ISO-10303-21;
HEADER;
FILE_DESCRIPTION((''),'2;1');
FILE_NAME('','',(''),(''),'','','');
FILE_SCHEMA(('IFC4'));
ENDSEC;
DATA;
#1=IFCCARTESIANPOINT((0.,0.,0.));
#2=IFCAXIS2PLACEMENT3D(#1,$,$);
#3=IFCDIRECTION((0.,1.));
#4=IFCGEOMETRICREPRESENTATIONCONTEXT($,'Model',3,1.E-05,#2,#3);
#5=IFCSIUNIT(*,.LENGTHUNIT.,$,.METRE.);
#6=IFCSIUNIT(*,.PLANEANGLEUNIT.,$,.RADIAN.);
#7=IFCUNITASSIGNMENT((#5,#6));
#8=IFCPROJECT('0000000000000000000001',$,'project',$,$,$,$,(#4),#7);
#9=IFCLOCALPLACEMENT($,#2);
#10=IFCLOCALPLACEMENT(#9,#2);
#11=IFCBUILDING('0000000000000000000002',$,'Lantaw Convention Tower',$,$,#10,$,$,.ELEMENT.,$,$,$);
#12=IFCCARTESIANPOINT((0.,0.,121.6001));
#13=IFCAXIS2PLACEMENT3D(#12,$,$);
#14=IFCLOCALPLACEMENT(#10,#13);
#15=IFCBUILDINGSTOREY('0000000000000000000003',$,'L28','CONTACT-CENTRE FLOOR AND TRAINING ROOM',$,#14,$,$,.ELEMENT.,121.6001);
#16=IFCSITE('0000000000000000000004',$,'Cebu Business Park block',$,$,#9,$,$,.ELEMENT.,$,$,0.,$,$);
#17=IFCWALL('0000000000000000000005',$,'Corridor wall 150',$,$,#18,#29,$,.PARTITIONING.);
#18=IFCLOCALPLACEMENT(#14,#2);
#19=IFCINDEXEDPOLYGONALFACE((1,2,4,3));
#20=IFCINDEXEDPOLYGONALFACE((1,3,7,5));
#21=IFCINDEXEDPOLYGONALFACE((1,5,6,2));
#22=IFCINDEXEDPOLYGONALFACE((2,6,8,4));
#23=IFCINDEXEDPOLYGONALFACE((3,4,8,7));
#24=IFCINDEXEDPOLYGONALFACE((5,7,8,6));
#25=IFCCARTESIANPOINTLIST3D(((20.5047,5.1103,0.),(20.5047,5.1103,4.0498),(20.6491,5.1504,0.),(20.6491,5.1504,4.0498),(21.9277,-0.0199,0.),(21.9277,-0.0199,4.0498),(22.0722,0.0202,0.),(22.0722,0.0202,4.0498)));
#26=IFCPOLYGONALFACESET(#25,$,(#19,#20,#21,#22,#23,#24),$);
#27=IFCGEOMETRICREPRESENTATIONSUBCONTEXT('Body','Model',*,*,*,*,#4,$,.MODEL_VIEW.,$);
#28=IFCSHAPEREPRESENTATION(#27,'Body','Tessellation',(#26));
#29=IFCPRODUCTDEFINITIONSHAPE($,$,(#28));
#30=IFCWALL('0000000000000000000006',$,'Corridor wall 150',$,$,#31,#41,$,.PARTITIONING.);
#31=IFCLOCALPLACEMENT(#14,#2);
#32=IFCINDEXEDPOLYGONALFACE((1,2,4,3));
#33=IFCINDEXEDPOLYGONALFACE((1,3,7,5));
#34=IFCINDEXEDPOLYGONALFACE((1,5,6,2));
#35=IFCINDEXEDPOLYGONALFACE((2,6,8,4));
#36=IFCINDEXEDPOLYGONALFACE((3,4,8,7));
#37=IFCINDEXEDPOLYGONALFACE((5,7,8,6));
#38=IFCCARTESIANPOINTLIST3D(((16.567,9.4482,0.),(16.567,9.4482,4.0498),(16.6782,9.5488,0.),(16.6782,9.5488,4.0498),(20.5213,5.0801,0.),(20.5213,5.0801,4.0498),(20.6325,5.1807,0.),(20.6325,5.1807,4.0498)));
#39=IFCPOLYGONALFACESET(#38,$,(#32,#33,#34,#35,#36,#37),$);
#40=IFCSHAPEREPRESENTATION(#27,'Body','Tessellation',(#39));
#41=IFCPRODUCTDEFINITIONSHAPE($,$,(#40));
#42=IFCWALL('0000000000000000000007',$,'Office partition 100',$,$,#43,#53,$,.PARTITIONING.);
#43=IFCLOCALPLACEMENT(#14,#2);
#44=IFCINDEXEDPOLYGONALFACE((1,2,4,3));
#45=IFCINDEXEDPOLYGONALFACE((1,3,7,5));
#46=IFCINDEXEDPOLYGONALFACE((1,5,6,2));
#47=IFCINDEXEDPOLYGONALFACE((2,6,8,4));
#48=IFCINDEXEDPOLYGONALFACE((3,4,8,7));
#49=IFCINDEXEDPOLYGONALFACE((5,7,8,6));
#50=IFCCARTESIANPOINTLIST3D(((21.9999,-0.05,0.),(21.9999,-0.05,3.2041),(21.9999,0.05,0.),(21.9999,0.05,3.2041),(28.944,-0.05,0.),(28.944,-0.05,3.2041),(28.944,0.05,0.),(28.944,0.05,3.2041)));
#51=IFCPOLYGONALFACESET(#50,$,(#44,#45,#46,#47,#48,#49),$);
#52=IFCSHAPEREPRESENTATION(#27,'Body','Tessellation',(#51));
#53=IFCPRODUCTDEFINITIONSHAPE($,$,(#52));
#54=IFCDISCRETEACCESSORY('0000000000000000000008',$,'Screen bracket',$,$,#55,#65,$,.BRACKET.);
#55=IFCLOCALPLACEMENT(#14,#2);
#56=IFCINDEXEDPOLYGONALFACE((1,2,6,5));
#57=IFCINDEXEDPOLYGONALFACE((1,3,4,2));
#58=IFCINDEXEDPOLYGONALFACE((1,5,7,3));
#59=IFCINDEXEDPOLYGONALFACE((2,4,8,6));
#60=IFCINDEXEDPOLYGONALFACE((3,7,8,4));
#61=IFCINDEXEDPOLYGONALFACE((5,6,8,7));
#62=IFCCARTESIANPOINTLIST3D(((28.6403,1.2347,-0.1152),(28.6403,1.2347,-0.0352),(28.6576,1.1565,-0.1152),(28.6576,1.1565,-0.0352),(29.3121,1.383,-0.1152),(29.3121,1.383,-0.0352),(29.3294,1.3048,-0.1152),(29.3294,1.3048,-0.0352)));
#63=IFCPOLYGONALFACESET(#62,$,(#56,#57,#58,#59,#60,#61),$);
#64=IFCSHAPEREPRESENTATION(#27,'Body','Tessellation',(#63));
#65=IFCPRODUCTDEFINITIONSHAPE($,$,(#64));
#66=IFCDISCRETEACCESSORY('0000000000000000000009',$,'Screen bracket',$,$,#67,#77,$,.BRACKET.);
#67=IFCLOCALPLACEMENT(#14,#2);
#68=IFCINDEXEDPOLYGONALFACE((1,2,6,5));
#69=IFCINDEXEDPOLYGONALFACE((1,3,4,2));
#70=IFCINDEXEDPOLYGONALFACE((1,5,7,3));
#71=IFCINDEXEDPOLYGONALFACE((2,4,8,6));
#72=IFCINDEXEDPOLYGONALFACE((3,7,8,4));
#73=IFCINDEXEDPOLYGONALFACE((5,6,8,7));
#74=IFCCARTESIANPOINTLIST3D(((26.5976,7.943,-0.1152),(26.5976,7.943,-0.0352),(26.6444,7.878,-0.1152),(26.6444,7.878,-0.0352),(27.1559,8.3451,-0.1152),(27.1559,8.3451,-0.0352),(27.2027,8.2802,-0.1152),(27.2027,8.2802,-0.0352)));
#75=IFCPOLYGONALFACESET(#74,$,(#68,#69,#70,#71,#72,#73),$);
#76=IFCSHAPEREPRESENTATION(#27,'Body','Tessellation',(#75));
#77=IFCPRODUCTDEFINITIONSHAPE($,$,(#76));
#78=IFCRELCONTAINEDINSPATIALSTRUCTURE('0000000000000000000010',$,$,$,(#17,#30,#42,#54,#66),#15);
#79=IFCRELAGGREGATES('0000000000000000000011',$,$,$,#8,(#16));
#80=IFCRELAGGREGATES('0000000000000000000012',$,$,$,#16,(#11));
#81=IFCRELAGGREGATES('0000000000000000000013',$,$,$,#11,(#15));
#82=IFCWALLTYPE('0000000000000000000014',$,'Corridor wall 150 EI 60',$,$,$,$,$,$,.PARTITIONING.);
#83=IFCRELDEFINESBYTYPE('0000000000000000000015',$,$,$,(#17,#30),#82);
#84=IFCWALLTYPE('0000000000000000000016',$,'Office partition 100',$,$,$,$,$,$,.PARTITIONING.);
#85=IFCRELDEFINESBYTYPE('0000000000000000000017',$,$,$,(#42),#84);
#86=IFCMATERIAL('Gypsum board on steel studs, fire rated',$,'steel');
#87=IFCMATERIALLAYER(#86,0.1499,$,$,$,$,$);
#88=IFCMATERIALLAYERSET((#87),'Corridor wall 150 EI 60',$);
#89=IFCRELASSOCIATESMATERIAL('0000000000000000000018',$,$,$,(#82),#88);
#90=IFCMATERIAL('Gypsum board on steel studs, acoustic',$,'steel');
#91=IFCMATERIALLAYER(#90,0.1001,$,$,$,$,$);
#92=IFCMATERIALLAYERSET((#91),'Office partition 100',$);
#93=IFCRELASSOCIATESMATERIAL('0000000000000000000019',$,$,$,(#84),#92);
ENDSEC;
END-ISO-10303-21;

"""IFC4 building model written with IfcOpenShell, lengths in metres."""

from ifc_helpers import new_model, si_unit, direction, frame, frame_2d, origin, origin_2d, place, context, subcontext, project, spatial, rectangle, extrude, material, layer, layer_set, type_object, element, save


model = new_model("IFC4")

# Units and contexts
model_context = context("Model", 3, precision=1e-05, world=origin(), true_north=direction((0.0, 1.0)))
body_context = subcontext(model_context, "Body", "Model", "MODEL_VIEW")
ifc_project = project(units=[si_unit("LENGTHUNIT", "METRE"), si_unit("PLANEANGLEUNIT", "RADIAN")], contexts=[model_context])

# Site, building, storey
site_placement = place(None, origin())
site = spatial("IfcSite", under=ifc_project, at=site_placement, Name="Cebu Business Park block", CompositionType="ELEMENT", RefElevation=0.0)
building_placement = place(site_placement, origin())
building = spatial("IfcBuilding", under=site, at=building_placement, Name="Lantaw Convention Tower", CompositionType="ELEMENT")
storey_placement = place(building_placement, frame((0.0, 0.0, 121.6001)))
storey = spatial("IfcBuildingStorey", under=building, at=storey_placement, Name="L28", Description="CONTACT-CENTRE FLOOR AND TRAINING ROOM", CompositionType="ELEMENT", Elevation=121.6001)

# Walls
ifc_material_1 = material(Name="Gypsum board on steel studs, fire rated", Category="steel")
ifc_layer_1 = layer(ifc_material_1, 0.1499)
ifc_layer_set_1 = layer_set([ifc_layer_1], Name="Corridor wall 150 EI 60")
wall_type_1 = type_object("IfcWallType", Name="Corridor wall 150 EI 60", PredefinedType="PARTITIONING", material=ifc_layer_set_1)
wall_1_placement = place(storey_placement, frame((22.0, 0.0, 0.0), z_axis=(0.0, 0.0, 1.0), x_axis=(-0.267294, 0.963615, 0.0)))
element("IfcWall", 1, at=wall_1_placement, inside=storey, type_object=wall_type_1, Name="Corridor wall 150", PredefinedType="PARTITIONING", context=body_context, shape_type="SweptSolid", body=[
    extrude(rectangle(XDim=5.324, YDim=0.1499, at=frame_2d((2.6621, 0.0))), origin(), (0.0, 0.0, 1.0), 4.0498),
])
wall_2_placement = place(storey_placement, frame((20.5769, 5.1304, 0.0), z_axis=(0.0, 0.0, 1.0), x_axis=(-0.671118, 0.74135, 0.0)))
element("IfcWall", 2, at=wall_2_placement, inside=storey, type_object=wall_type_1, Name="Corridor wall 150", PredefinedType="PARTITIONING", context=body_context, shape_type="SweptSolid", body=[
    extrude(rectangle(XDim=5.8921, YDim=0.1499, at=frame_2d((2.946, 0.0))), origin(), (0.0, 0.0, 1.0), 4.0498),
])
ifc_material_2 = material(Name="Gypsum board on steel studs, acoustic", Category="steel")
ifc_layer_2 = layer(ifc_material_2, 0.1001)
ifc_layer_set_2 = layer_set([ifc_layer_2], Name="Office partition 100")
wall_type_2 = type_object("IfcWallType", Name="Office partition 100", PredefinedType="PARTITIONING", material=ifc_layer_set_2)
wall_3_placement = place(storey_placement, frame((28.9441, 0.0, 0.0), z_axis=(0.0, 0.0, 1.0), x_axis=(-1.0, 0.0, 0.0)))
element("IfcWall", 3, at=wall_3_placement, inside=storey, type_object=wall_type_2, Name="Office partition 100", PredefinedType="PARTITIONING", context=body_context, shape_type="SweptSolid", body=[
    extrude(rectangle(XDim=6.9441, YDim=0.1001, at=frame_2d((3.4722, 0.0))), origin(), (0.0, 0.0, 1.0), 3.2041),
])

# Discrete accessories
for number, where, z_axis, x_axis, name in (
    (4, (28.9849, 1.2698, -0.1152), (0.0, 0.0, 1.0), (-0.215546, 0.976494, 0.0), "Screen bracket"),
    (5, (26.9001, 8.1116, -0.1152), (0.0, 0.0, 1.0), (-0.584513, 0.811385, 0.0), "Screen bracket"),
):
    element("IfcDiscreteAccessory", number, at=place(storey_placement, frame(where, z_axis=z_axis, x_axis=x_axis)), inside=storey, Name=name, PredefinedType="BRACKET", context=body_context, shape_type="SweptSolid", body=[
        extrude(rectangle(XDim=0.0801, YDim=0.688, at=origin_2d()), origin(), (0.0, 0.0, 1.0), 0.0801),
    ])

save(model, "model.ifc")
